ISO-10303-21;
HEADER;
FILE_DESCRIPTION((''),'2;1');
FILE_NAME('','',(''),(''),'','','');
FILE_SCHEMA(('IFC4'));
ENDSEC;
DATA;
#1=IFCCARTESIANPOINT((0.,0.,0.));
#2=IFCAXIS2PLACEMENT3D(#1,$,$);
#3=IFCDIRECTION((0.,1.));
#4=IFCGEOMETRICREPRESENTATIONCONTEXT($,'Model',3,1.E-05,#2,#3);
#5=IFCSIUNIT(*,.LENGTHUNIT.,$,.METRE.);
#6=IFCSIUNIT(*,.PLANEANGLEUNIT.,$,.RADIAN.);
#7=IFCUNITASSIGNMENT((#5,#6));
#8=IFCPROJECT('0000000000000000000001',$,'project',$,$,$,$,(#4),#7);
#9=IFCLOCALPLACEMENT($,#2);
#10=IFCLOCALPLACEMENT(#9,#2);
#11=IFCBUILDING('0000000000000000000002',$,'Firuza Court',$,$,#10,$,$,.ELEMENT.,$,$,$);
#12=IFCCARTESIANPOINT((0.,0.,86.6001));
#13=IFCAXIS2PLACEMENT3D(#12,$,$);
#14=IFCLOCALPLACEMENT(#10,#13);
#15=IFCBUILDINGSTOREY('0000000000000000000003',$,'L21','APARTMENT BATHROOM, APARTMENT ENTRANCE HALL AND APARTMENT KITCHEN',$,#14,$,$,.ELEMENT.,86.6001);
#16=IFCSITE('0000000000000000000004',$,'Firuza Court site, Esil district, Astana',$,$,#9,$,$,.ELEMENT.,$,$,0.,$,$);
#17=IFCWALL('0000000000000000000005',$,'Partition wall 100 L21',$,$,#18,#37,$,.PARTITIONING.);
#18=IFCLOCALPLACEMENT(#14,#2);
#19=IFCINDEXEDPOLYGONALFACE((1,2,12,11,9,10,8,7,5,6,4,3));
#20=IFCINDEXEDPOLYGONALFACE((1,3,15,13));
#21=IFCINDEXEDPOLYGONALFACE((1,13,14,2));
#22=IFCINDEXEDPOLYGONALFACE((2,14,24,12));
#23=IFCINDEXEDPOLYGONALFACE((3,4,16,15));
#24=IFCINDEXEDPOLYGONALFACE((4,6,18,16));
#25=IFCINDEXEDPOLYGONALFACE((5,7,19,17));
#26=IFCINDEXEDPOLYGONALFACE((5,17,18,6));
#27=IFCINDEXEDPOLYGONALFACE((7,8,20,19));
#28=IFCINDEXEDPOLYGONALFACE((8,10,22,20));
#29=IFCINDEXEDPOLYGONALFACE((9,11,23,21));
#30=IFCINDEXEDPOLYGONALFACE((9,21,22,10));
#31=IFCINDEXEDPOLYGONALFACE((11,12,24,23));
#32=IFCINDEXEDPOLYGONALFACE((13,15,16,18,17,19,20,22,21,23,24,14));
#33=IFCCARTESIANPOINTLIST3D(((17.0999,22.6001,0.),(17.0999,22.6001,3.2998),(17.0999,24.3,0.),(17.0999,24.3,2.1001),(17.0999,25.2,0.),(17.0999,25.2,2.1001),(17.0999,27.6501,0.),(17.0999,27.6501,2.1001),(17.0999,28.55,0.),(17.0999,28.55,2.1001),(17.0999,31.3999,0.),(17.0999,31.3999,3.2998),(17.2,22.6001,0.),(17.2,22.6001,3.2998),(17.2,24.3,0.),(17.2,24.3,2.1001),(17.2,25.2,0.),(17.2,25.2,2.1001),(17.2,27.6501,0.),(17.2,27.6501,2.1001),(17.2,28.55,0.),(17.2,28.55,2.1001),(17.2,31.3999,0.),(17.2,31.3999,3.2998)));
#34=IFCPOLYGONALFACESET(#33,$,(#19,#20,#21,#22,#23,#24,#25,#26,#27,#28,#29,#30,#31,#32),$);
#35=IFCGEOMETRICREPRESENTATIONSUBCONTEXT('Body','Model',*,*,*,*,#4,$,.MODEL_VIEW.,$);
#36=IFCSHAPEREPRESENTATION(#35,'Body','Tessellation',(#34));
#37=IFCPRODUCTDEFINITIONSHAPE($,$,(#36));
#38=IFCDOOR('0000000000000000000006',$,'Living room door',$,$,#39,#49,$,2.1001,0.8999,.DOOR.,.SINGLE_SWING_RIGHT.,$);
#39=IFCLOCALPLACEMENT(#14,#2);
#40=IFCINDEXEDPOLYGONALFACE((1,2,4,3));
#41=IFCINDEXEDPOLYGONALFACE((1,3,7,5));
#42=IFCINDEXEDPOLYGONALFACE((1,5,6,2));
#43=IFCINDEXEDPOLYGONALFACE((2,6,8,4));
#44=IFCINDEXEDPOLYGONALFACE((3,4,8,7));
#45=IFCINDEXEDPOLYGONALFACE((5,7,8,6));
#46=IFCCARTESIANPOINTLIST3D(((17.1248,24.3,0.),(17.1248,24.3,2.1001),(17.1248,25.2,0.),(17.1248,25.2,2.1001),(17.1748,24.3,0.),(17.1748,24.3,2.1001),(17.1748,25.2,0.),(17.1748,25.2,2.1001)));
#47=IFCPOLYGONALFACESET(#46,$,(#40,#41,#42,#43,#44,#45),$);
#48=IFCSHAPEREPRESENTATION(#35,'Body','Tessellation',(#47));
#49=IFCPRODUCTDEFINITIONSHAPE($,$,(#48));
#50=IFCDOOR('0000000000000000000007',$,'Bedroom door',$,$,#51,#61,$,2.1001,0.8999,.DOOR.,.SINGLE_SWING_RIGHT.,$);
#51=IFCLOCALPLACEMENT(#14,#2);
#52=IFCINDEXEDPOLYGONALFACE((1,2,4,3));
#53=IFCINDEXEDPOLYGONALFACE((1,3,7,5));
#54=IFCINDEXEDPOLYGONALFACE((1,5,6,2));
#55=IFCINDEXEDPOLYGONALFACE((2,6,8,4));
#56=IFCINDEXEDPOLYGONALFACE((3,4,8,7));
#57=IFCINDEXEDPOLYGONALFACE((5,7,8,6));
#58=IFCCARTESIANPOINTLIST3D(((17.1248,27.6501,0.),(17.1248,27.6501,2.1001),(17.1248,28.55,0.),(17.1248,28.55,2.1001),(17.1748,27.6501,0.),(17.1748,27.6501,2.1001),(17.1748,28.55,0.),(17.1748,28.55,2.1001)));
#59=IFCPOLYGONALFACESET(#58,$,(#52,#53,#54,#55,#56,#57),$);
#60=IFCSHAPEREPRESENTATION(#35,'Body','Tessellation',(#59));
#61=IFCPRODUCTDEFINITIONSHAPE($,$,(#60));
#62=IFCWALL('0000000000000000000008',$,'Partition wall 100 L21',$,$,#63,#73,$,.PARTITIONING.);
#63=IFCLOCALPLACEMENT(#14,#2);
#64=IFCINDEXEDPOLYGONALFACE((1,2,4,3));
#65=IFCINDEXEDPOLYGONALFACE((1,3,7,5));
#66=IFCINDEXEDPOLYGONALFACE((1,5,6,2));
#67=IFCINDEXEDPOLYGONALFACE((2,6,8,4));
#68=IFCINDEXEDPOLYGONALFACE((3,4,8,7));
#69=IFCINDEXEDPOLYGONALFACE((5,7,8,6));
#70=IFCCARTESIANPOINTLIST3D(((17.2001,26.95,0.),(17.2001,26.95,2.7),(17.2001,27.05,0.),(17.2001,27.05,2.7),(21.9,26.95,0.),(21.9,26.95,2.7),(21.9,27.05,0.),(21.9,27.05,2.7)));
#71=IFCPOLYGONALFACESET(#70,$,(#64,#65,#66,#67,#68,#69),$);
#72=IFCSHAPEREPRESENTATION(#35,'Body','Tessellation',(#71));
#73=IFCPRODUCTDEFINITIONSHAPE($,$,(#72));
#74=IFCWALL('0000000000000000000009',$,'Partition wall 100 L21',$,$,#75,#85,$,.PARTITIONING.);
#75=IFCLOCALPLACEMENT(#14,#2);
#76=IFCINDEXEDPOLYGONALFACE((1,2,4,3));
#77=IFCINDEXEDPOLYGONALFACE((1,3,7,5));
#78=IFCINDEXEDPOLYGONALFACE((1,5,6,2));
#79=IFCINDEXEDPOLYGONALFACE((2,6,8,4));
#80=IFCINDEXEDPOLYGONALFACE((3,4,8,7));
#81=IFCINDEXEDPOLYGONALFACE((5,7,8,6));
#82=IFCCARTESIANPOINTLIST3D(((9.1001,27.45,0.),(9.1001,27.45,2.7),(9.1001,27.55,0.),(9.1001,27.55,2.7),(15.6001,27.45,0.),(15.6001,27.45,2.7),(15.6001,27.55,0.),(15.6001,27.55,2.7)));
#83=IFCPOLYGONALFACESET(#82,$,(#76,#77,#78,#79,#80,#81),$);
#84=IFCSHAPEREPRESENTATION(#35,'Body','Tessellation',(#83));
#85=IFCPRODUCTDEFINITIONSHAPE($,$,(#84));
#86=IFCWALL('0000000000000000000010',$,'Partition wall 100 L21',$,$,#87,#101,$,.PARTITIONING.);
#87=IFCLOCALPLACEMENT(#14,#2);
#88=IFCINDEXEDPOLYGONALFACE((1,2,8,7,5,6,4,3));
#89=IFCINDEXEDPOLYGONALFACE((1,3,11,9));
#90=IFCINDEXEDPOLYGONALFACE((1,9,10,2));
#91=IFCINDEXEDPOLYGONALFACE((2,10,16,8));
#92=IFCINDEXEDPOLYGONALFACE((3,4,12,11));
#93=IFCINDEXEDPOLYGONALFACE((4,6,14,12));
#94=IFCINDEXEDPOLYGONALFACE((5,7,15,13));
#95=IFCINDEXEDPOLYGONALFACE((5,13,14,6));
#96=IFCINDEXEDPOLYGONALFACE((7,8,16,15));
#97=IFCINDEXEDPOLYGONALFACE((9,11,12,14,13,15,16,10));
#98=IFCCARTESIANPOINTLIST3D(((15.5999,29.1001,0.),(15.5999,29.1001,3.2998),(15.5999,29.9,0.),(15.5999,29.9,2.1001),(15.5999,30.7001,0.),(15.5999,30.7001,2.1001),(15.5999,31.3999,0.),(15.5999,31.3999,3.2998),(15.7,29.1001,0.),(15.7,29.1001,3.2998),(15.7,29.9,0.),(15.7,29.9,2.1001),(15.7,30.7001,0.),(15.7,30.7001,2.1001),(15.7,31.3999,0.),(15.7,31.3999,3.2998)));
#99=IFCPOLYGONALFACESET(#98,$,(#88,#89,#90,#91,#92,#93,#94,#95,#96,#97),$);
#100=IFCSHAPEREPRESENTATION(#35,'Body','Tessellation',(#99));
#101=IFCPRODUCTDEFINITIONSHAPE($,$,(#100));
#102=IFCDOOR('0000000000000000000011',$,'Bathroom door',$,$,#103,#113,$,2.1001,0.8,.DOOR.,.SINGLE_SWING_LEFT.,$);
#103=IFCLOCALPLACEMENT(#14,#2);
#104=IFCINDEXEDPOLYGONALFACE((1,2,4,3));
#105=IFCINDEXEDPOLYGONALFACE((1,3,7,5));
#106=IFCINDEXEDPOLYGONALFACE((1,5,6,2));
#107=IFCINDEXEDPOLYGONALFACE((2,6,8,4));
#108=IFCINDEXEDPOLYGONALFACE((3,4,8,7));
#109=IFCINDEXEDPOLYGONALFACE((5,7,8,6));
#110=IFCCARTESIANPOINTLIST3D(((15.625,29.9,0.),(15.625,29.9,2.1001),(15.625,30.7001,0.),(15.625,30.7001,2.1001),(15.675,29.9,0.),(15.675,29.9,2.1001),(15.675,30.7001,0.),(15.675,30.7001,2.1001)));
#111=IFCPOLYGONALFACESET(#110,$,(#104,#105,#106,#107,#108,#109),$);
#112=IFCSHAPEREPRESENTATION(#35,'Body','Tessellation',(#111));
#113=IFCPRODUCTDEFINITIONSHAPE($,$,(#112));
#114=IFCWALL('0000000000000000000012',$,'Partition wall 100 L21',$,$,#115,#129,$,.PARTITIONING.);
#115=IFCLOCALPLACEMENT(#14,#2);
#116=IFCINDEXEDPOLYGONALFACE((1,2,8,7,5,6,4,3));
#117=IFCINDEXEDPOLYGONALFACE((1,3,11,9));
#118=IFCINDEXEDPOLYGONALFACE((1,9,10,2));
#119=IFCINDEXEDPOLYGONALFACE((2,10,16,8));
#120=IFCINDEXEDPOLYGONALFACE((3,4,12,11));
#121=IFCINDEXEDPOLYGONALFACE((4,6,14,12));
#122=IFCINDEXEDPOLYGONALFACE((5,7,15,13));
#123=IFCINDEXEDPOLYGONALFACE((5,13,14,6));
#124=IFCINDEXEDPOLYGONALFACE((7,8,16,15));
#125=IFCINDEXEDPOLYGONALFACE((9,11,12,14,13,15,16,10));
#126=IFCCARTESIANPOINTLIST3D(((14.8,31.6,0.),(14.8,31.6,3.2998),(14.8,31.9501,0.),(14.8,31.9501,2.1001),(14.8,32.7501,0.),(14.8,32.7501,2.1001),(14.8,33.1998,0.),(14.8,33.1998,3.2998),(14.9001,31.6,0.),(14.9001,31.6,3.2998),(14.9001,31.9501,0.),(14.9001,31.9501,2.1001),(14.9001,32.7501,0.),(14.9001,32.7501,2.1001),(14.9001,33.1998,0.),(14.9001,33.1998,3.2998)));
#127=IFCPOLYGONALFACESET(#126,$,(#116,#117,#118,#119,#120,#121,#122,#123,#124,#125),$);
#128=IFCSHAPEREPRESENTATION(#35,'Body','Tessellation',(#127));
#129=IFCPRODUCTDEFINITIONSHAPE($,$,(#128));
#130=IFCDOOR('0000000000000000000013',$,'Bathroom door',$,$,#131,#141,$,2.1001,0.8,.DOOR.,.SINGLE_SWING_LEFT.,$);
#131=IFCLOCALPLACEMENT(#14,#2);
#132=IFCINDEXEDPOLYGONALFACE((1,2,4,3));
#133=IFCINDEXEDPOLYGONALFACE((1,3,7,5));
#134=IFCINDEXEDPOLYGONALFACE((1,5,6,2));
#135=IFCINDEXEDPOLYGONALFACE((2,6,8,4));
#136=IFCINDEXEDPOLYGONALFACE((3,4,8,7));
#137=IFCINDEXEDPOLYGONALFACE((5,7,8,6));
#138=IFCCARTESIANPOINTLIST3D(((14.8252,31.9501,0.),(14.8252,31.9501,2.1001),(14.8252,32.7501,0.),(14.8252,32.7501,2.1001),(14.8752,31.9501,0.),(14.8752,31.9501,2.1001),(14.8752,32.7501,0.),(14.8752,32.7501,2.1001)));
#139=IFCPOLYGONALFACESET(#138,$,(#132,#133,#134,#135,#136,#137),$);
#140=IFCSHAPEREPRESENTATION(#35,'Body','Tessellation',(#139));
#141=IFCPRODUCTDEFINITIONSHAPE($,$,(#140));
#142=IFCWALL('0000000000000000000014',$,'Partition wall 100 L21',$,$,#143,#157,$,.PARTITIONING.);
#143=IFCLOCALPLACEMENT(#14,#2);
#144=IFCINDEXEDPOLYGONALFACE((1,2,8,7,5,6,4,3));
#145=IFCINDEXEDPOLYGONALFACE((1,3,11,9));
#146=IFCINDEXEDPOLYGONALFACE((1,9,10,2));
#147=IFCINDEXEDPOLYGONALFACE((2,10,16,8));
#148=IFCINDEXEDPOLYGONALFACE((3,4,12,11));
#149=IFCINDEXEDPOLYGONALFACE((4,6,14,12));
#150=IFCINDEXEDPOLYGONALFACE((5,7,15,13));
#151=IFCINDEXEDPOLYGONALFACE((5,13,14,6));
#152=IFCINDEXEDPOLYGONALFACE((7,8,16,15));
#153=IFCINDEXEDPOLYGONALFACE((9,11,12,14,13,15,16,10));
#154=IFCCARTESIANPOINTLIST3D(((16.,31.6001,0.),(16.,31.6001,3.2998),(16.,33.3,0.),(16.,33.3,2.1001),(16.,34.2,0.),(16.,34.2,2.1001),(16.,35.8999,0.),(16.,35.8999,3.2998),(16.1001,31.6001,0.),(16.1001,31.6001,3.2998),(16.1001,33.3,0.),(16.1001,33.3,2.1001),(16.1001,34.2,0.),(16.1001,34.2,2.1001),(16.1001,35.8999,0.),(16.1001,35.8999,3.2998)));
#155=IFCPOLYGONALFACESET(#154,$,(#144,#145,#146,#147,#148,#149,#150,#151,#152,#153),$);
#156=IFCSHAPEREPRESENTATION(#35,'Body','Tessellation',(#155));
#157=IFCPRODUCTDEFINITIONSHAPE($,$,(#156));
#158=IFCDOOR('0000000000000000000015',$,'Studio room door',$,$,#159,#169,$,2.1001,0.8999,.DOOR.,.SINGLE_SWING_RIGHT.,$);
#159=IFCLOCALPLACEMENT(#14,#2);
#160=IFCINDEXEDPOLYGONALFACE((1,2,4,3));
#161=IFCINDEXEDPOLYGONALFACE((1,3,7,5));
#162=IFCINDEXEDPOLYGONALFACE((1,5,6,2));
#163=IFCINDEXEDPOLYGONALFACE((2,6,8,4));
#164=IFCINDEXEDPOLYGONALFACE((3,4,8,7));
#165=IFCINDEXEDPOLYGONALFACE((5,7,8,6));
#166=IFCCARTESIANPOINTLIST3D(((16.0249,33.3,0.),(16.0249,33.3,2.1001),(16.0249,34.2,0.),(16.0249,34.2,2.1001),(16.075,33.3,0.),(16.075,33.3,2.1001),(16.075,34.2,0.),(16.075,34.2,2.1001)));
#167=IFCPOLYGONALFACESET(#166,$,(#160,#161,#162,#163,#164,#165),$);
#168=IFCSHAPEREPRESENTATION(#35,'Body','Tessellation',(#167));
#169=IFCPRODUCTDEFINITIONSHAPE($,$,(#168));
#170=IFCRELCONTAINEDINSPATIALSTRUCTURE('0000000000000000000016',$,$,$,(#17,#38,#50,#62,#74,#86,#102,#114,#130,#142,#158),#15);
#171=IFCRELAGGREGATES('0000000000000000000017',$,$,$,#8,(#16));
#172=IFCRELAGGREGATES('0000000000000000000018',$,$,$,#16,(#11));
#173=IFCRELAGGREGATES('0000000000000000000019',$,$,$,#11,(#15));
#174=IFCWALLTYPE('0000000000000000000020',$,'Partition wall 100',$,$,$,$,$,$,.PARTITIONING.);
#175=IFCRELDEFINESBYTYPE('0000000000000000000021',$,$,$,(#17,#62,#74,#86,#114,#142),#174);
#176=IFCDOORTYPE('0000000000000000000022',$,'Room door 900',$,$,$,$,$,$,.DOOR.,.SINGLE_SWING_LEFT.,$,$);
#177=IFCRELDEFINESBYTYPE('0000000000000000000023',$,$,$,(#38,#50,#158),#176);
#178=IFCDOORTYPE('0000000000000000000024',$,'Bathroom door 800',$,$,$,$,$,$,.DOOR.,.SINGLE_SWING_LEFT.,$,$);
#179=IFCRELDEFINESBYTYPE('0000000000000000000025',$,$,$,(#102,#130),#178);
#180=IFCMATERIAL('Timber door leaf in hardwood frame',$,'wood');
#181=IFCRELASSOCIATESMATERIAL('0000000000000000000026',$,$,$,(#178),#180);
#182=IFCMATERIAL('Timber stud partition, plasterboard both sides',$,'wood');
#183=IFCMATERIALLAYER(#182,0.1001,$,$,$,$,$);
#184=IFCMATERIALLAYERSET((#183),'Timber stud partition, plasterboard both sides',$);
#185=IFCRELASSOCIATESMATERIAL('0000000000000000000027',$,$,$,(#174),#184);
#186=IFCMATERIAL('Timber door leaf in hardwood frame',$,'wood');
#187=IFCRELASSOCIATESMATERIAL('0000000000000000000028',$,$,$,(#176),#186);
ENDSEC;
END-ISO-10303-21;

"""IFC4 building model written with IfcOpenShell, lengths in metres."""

from ifc_helpers import new_model, si_unit, direction, frame, frame_2d, origin, place, context, subcontext, project, spatial, rectangle, extrude, material, layer, layer_set, type_object, element, fill, save


model = new_model("IFC4")

# Units and contexts
model_context = context("Model", 3, precision=1e-05, world=origin(), true_north=direction((0.0, 1.0)))
body_context = subcontext(model_context, "Body", "Model", "MODEL_VIEW")
ifc_project = project(units=[si_unit("LENGTHUNIT", "METRE"), si_unit("PLANEANGLEUNIT", "RADIAN")], contexts=[model_context])

# Site, building, storey
site_placement = place(None, origin())
site = spatial("IfcSite", under=ifc_project, at=site_placement, Name="Firuza Court site, Esil district, Astana", CompositionType="ELEMENT", RefElevation=0.0)
building_placement = place(site_placement, origin())
building = spatial("IfcBuilding", under=site, at=building_placement, Name="Firuza Court", CompositionType="ELEMENT")
storey_placement = place(building_placement, frame((0.0, 0.0, 86.6001)))
storey = spatial("IfcBuildingStorey", under=building, at=storey_placement, Name="L21", Description="APARTMENT BATHROOM, APARTMENT ENTRANCE HALL AND APARTMENT KITCHEN", CompositionType="ELEMENT", Elevation=86.6001)

# Shared definitions
ifc_material_1 = material(Name="Timber door leaf in hardwood frame", Category="wood")
door_type_1 = type_object("IfcDoorType", Name="Bathroom door 800", OperationType="SINGLE_SWING_LEFT", PredefinedType="DOOR", material=ifc_material_1)

# Shared definitions
ifc_material_2 = material(Name="Timber stud partition, plasterboard both sides", Category="wood")
ifc_layer_1 = layer(ifc_material_2, 0.1001)
ifc_layer_set_1 = layer_set([ifc_layer_1], Name="Timber stud partition, plasterboard both sides")
wall_type_1 = type_object("IfcWallType", Name="Partition wall 100", PredefinedType="PARTITIONING", material=ifc_layer_set_1)
ifc_material_3 = material(Name="Timber door leaf in hardwood frame", Category="wood")
door_type_2 = type_object("IfcDoorType", Name="Room door 900", OperationType="SINGLE_SWING_LEFT", PredefinedType="DOOR", material=ifc_material_3)

# Wall, openings, doors
wall_1_placement = place(storey_placement, frame((17.1499, 22.6001, 0.0), z_axis=(0.0, 0.0, 1.0), x_axis=(0.0, 1.0, 0.0)))
wall_1 = element("IfcWall", 1, at=wall_1_placement, inside=storey, type_object=wall_type_1, Name="Partition wall 100 L21", PredefinedType="PARTITIONING", context=body_context, shape_type="SweptSolid", body=[
    extrude(rectangle(XDim=8.7998, YDim=0.1001, at=frame_2d((4.3999, 0.0))), origin(), (0.0, 0.0, 1.0), 3.2998),
])
opening_1_placement = place(wall_1_placement, frame((1.7, 0.0, 0.0)))
opening_1 = element("IfcOpeningElement", 2, at=opening_1_placement, cuts=wall_1, PredefinedType="OPENING", context=body_context, shape_type="SweptSolid", body=[
    extrude(rectangle(XDim=0.8999, YDim=2.1001, at=frame_2d((0.45, 1.05))), frame((0.0, 0.062, 0.0), z_axis=(0.0, -1.0, 0.0), x_axis=(1.0, 0.0, 0.0)), (0.0, 0.0, 1.0), 0.124),
])
opening_2_placement = place(wall_1_placement, frame((5.05, 0.0, 0.0)))
opening_2 = element("IfcOpeningElement", 3, at=opening_2_placement, cuts=wall_1, PredefinedType="OPENING", context=body_context, shape_type="SweptSolid", body=[
    extrude(rectangle(XDim=0.8999, YDim=2.1001, at=frame_2d((0.45, 1.05))), frame((0.0, 0.062, 0.0), z_axis=(0.0, -1.0, 0.0), x_axis=(1.0, 0.0, 0.0)), (0.0, 0.0, 1.0), 0.124),
])
door_1_placement = place(opening_1_placement, frame((0.8999, 0.0, 0.0), z_axis=(0.0, 0.0, 1.0), x_axis=(-1.0, 0.0, 0.0)))
door_1 = element("IfcDoor", 4, at=door_1_placement, inside=storey, type_object=door_type_2, Name="Living room door", OperationType="SINGLE_SWING_RIGHT", OverallHeight=2.1001, OverallWidth=0.8999, PredefinedType="DOOR", context=body_context, shape_type="SweptSolid", body=[
    extrude(rectangle(XDim=0.8999, YDim=2.1001, at=frame_2d((0.45, 1.05))), frame((0.0, 0.0249, 0.0), z_axis=(0.0, -1.0, 0.0), x_axis=(1.0, 0.0, 0.0)), (0.0, 0.0, 1.0), 0.05),
])
fill(opening_1, door_1)
door_2_placement = place(opening_2_placement, frame((0.8999, 0.0, 0.0), z_axis=(0.0, 0.0, 1.0), x_axis=(-1.0, 0.0, 0.0)))
door_2 = element("IfcDoor", 5, at=door_2_placement, inside=storey, type_object=door_type_2, Name="Bedroom door", OperationType="SINGLE_SWING_RIGHT", OverallHeight=2.1001, OverallWidth=0.8999, PredefinedType="DOOR", context=body_context, shape_type="SweptSolid", body=[
    extrude(rectangle(XDim=0.8999, YDim=2.1001, at=frame_2d((0.45, 1.05))), frame((0.0, 0.0249, 0.0), z_axis=(0.0, -1.0, 0.0), x_axis=(1.0, 0.0, 0.0)), (0.0, 0.0, 1.0), 0.05),
])
fill(opening_2, door_2)

# Walls
wall_2_placement = place(storey_placement, frame((17.2, 27.0, 0.0), z_axis=(0.0, 0.0, 1.0), x_axis=(1.0, 0.0, 0.0)))
element("IfcWall", 6, at=wall_2_placement, inside=storey, type_object=wall_type_1, Name="Partition wall 100 L21", PredefinedType="PARTITIONING", context=body_context, shape_type="SweptSolid", body=[
    extrude(rectangle(XDim=4.7, YDim=0.1001, at=frame_2d((2.3501, 0.0))), origin(), (0.0, 0.0, 1.0), 2.7),
])
wall_3_placement = place(storey_placement, frame((9.1001, 27.5, 0.0), z_axis=(0.0, 0.0, 1.0), x_axis=(1.0, 0.0, 0.0)))
element("IfcWall", 7, at=wall_3_placement, inside=storey, type_object=wall_type_1, Name="Partition wall 100 L21", PredefinedType="PARTITIONING", context=body_context, shape_type="SweptSolid", body=[
    extrude(rectangle(XDim=6.5, YDim=0.1001, at=frame_2d((3.25, 0.0))), origin(), (0.0, 0.0, 1.0), 2.7),
])

# Walls, openings, doors
wall_4_placement = place(storey_placement, frame((15.6499, 29.1001, 0.0), z_axis=(0.0, 0.0, 1.0), x_axis=(0.0, 1.0, 0.0)))
wall_4 = element("IfcWall", 8, at=wall_4_placement, inside=storey, type_object=wall_type_1, Name="Partition wall 100 L21", PredefinedType="PARTITIONING", context=body_context, shape_type="SweptSolid", body=[
    extrude(rectangle(XDim=2.2998, YDim=0.1001, at=frame_2d((1.1499, 0.0))), origin(), (0.0, 0.0, 1.0), 3.2998),
])
opening_3_placement = place(wall_4_placement, frame((0.8, 0.0, 0.0)))
opening_3 = element("IfcOpeningElement", 9, at=opening_3_placement, cuts=wall_4, PredefinedType="OPENING", context=body_context, shape_type="SweptSolid", body=[
    extrude(rectangle(XDim=0.8, YDim=2.1001, at=frame_2d((0.3999, 1.05))), frame((0.0, 0.062, 0.0), z_axis=(0.0, -1.0, 0.0), x_axis=(1.0, 0.0, 0.0)), (0.0, 0.0, 1.0), 0.124),
])
door_3_placement = place(opening_3_placement, origin())
door_3 = element("IfcDoor", 10, at=door_3_placement, inside=storey, type_object=door_type_1, Name="Bathroom door", OperationType="SINGLE_SWING_LEFT", OverallHeight=2.1001, OverallWidth=0.8, PredefinedType="DOOR", context=body_context, shape_type="SweptSolid", body=[
    extrude(rectangle(XDim=0.8, YDim=2.1001, at=frame_2d((0.3999, 1.05))), frame((0.0, 0.0249, 0.0), z_axis=(0.0, -1.0, 0.0), x_axis=(1.0, 0.0, 0.0)), (0.0, 0.0, 1.0), 0.05),
])
fill(opening_3, door_3)
wall_5_placement = place(storey_placement, frame((14.8501, 31.6001, 0.0), z_axis=(0.0, 0.0, 1.0), x_axis=(0.0, 1.0, 0.0)))
wall_5 = element("IfcWall", 11, at=wall_5_placement, inside=storey, type_object=wall_type_1, Name="Partition wall 100 L21", PredefinedType="PARTITIONING", context=body_context, shape_type="SweptSolid", body=[
    extrude(rectangle(XDim=1.5999, YDim=0.1001, at=frame_2d((0.7998, 0.0))), origin(), (0.0, 0.0, 1.0), 3.2998),
])
opening_4_placement = place(wall_5_placement, frame((0.3501, 0.0, 0.0)))
opening_4 = element("IfcOpeningElement", 12, at=opening_4_placement, cuts=wall_5, PredefinedType="OPENING", context=body_context, shape_type="SweptSolid", body=[
    extrude(rectangle(XDim=0.8, YDim=2.1001, at=frame_2d((0.3999, 1.05))), frame((0.0, 0.062, 0.0), z_axis=(0.0, -1.0, 0.0), x_axis=(1.0, 0.0, 0.0)), (0.0, 0.0, 1.0), 0.124),
])
door_4_placement = place(opening_4_placement, origin())
door_4 = element("IfcDoor", 13, at=door_4_placement, inside=storey, type_object=door_type_1, Name="Bathroom door", OperationType="SINGLE_SWING_LEFT", OverallHeight=2.1001, OverallWidth=0.8, PredefinedType="DOOR", context=body_context, shape_type="SweptSolid", body=[
    extrude(rectangle(XDim=0.8, YDim=2.1001, at=frame_2d((0.3999, 1.05))), frame((0.0, 0.0249, 0.0), z_axis=(0.0, -1.0, 0.0), x_axis=(1.0, 0.0, 0.0)), (0.0, 0.0, 1.0), 0.05),
])
fill(opening_4, door_4)
wall_6_placement = place(storey_placement, frame((16.05, 31.6001, 0.0), z_axis=(0.0, 0.0, 1.0), x_axis=(0.0, 1.0, 0.0)))
wall_6 = element("IfcWall", 14, at=wall_6_placement, inside=storey, type_object=wall_type_1, Name="Partition wall 100 L21", PredefinedType="PARTITIONING", context=body_context, shape_type="SweptSolid", body=[
    extrude(rectangle(XDim=4.2998, YDim=0.1001, at=frame_2d((2.1499, 0.0))), origin(), (0.0, 0.0, 1.0), 3.2998),
])
opening_5_placement = place(wall_6_placement, frame((1.7, 0.0, 0.0)))
opening_5 = element("IfcOpeningElement", 15, at=opening_5_placement, cuts=wall_6, PredefinedType="OPENING", context=body_context, shape_type="SweptSolid", body=[
    extrude(rectangle(XDim=0.8999, YDim=2.1001, at=frame_2d((0.45, 1.05))), frame((0.0, 0.062, 0.0), z_axis=(0.0, -1.0, 0.0), x_axis=(1.0, 0.0, 0.0)), (0.0, 0.0, 1.0), 0.124),
])
door_5_placement = place(opening_5_placement, frame((0.8999, 0.0, 0.0), z_axis=(0.0, 0.0, 1.0), x_axis=(-1.0, 0.0, 0.0)))
door_5 = element("IfcDoor", 16, at=door_5_placement, inside=storey, type_object=door_type_2, Name="Studio room door", OperationType="SINGLE_SWING_RIGHT", OverallHeight=2.1001, OverallWidth=0.8999, PredefinedType="DOOR", context=body_context, shape_type="SweptSolid", body=[
    extrude(rectangle(XDim=0.8999, YDim=2.1001, at=frame_2d((0.45, 1.05))), frame((0.0, 0.0249, 0.0), z_axis=(0.0, -1.0, 0.0), x_axis=(1.0, 0.0, 0.0)), (0.0, 0.0, 1.0), 0.05),
])
fill(opening_5, door_5)

save(model, "model.ifc")
